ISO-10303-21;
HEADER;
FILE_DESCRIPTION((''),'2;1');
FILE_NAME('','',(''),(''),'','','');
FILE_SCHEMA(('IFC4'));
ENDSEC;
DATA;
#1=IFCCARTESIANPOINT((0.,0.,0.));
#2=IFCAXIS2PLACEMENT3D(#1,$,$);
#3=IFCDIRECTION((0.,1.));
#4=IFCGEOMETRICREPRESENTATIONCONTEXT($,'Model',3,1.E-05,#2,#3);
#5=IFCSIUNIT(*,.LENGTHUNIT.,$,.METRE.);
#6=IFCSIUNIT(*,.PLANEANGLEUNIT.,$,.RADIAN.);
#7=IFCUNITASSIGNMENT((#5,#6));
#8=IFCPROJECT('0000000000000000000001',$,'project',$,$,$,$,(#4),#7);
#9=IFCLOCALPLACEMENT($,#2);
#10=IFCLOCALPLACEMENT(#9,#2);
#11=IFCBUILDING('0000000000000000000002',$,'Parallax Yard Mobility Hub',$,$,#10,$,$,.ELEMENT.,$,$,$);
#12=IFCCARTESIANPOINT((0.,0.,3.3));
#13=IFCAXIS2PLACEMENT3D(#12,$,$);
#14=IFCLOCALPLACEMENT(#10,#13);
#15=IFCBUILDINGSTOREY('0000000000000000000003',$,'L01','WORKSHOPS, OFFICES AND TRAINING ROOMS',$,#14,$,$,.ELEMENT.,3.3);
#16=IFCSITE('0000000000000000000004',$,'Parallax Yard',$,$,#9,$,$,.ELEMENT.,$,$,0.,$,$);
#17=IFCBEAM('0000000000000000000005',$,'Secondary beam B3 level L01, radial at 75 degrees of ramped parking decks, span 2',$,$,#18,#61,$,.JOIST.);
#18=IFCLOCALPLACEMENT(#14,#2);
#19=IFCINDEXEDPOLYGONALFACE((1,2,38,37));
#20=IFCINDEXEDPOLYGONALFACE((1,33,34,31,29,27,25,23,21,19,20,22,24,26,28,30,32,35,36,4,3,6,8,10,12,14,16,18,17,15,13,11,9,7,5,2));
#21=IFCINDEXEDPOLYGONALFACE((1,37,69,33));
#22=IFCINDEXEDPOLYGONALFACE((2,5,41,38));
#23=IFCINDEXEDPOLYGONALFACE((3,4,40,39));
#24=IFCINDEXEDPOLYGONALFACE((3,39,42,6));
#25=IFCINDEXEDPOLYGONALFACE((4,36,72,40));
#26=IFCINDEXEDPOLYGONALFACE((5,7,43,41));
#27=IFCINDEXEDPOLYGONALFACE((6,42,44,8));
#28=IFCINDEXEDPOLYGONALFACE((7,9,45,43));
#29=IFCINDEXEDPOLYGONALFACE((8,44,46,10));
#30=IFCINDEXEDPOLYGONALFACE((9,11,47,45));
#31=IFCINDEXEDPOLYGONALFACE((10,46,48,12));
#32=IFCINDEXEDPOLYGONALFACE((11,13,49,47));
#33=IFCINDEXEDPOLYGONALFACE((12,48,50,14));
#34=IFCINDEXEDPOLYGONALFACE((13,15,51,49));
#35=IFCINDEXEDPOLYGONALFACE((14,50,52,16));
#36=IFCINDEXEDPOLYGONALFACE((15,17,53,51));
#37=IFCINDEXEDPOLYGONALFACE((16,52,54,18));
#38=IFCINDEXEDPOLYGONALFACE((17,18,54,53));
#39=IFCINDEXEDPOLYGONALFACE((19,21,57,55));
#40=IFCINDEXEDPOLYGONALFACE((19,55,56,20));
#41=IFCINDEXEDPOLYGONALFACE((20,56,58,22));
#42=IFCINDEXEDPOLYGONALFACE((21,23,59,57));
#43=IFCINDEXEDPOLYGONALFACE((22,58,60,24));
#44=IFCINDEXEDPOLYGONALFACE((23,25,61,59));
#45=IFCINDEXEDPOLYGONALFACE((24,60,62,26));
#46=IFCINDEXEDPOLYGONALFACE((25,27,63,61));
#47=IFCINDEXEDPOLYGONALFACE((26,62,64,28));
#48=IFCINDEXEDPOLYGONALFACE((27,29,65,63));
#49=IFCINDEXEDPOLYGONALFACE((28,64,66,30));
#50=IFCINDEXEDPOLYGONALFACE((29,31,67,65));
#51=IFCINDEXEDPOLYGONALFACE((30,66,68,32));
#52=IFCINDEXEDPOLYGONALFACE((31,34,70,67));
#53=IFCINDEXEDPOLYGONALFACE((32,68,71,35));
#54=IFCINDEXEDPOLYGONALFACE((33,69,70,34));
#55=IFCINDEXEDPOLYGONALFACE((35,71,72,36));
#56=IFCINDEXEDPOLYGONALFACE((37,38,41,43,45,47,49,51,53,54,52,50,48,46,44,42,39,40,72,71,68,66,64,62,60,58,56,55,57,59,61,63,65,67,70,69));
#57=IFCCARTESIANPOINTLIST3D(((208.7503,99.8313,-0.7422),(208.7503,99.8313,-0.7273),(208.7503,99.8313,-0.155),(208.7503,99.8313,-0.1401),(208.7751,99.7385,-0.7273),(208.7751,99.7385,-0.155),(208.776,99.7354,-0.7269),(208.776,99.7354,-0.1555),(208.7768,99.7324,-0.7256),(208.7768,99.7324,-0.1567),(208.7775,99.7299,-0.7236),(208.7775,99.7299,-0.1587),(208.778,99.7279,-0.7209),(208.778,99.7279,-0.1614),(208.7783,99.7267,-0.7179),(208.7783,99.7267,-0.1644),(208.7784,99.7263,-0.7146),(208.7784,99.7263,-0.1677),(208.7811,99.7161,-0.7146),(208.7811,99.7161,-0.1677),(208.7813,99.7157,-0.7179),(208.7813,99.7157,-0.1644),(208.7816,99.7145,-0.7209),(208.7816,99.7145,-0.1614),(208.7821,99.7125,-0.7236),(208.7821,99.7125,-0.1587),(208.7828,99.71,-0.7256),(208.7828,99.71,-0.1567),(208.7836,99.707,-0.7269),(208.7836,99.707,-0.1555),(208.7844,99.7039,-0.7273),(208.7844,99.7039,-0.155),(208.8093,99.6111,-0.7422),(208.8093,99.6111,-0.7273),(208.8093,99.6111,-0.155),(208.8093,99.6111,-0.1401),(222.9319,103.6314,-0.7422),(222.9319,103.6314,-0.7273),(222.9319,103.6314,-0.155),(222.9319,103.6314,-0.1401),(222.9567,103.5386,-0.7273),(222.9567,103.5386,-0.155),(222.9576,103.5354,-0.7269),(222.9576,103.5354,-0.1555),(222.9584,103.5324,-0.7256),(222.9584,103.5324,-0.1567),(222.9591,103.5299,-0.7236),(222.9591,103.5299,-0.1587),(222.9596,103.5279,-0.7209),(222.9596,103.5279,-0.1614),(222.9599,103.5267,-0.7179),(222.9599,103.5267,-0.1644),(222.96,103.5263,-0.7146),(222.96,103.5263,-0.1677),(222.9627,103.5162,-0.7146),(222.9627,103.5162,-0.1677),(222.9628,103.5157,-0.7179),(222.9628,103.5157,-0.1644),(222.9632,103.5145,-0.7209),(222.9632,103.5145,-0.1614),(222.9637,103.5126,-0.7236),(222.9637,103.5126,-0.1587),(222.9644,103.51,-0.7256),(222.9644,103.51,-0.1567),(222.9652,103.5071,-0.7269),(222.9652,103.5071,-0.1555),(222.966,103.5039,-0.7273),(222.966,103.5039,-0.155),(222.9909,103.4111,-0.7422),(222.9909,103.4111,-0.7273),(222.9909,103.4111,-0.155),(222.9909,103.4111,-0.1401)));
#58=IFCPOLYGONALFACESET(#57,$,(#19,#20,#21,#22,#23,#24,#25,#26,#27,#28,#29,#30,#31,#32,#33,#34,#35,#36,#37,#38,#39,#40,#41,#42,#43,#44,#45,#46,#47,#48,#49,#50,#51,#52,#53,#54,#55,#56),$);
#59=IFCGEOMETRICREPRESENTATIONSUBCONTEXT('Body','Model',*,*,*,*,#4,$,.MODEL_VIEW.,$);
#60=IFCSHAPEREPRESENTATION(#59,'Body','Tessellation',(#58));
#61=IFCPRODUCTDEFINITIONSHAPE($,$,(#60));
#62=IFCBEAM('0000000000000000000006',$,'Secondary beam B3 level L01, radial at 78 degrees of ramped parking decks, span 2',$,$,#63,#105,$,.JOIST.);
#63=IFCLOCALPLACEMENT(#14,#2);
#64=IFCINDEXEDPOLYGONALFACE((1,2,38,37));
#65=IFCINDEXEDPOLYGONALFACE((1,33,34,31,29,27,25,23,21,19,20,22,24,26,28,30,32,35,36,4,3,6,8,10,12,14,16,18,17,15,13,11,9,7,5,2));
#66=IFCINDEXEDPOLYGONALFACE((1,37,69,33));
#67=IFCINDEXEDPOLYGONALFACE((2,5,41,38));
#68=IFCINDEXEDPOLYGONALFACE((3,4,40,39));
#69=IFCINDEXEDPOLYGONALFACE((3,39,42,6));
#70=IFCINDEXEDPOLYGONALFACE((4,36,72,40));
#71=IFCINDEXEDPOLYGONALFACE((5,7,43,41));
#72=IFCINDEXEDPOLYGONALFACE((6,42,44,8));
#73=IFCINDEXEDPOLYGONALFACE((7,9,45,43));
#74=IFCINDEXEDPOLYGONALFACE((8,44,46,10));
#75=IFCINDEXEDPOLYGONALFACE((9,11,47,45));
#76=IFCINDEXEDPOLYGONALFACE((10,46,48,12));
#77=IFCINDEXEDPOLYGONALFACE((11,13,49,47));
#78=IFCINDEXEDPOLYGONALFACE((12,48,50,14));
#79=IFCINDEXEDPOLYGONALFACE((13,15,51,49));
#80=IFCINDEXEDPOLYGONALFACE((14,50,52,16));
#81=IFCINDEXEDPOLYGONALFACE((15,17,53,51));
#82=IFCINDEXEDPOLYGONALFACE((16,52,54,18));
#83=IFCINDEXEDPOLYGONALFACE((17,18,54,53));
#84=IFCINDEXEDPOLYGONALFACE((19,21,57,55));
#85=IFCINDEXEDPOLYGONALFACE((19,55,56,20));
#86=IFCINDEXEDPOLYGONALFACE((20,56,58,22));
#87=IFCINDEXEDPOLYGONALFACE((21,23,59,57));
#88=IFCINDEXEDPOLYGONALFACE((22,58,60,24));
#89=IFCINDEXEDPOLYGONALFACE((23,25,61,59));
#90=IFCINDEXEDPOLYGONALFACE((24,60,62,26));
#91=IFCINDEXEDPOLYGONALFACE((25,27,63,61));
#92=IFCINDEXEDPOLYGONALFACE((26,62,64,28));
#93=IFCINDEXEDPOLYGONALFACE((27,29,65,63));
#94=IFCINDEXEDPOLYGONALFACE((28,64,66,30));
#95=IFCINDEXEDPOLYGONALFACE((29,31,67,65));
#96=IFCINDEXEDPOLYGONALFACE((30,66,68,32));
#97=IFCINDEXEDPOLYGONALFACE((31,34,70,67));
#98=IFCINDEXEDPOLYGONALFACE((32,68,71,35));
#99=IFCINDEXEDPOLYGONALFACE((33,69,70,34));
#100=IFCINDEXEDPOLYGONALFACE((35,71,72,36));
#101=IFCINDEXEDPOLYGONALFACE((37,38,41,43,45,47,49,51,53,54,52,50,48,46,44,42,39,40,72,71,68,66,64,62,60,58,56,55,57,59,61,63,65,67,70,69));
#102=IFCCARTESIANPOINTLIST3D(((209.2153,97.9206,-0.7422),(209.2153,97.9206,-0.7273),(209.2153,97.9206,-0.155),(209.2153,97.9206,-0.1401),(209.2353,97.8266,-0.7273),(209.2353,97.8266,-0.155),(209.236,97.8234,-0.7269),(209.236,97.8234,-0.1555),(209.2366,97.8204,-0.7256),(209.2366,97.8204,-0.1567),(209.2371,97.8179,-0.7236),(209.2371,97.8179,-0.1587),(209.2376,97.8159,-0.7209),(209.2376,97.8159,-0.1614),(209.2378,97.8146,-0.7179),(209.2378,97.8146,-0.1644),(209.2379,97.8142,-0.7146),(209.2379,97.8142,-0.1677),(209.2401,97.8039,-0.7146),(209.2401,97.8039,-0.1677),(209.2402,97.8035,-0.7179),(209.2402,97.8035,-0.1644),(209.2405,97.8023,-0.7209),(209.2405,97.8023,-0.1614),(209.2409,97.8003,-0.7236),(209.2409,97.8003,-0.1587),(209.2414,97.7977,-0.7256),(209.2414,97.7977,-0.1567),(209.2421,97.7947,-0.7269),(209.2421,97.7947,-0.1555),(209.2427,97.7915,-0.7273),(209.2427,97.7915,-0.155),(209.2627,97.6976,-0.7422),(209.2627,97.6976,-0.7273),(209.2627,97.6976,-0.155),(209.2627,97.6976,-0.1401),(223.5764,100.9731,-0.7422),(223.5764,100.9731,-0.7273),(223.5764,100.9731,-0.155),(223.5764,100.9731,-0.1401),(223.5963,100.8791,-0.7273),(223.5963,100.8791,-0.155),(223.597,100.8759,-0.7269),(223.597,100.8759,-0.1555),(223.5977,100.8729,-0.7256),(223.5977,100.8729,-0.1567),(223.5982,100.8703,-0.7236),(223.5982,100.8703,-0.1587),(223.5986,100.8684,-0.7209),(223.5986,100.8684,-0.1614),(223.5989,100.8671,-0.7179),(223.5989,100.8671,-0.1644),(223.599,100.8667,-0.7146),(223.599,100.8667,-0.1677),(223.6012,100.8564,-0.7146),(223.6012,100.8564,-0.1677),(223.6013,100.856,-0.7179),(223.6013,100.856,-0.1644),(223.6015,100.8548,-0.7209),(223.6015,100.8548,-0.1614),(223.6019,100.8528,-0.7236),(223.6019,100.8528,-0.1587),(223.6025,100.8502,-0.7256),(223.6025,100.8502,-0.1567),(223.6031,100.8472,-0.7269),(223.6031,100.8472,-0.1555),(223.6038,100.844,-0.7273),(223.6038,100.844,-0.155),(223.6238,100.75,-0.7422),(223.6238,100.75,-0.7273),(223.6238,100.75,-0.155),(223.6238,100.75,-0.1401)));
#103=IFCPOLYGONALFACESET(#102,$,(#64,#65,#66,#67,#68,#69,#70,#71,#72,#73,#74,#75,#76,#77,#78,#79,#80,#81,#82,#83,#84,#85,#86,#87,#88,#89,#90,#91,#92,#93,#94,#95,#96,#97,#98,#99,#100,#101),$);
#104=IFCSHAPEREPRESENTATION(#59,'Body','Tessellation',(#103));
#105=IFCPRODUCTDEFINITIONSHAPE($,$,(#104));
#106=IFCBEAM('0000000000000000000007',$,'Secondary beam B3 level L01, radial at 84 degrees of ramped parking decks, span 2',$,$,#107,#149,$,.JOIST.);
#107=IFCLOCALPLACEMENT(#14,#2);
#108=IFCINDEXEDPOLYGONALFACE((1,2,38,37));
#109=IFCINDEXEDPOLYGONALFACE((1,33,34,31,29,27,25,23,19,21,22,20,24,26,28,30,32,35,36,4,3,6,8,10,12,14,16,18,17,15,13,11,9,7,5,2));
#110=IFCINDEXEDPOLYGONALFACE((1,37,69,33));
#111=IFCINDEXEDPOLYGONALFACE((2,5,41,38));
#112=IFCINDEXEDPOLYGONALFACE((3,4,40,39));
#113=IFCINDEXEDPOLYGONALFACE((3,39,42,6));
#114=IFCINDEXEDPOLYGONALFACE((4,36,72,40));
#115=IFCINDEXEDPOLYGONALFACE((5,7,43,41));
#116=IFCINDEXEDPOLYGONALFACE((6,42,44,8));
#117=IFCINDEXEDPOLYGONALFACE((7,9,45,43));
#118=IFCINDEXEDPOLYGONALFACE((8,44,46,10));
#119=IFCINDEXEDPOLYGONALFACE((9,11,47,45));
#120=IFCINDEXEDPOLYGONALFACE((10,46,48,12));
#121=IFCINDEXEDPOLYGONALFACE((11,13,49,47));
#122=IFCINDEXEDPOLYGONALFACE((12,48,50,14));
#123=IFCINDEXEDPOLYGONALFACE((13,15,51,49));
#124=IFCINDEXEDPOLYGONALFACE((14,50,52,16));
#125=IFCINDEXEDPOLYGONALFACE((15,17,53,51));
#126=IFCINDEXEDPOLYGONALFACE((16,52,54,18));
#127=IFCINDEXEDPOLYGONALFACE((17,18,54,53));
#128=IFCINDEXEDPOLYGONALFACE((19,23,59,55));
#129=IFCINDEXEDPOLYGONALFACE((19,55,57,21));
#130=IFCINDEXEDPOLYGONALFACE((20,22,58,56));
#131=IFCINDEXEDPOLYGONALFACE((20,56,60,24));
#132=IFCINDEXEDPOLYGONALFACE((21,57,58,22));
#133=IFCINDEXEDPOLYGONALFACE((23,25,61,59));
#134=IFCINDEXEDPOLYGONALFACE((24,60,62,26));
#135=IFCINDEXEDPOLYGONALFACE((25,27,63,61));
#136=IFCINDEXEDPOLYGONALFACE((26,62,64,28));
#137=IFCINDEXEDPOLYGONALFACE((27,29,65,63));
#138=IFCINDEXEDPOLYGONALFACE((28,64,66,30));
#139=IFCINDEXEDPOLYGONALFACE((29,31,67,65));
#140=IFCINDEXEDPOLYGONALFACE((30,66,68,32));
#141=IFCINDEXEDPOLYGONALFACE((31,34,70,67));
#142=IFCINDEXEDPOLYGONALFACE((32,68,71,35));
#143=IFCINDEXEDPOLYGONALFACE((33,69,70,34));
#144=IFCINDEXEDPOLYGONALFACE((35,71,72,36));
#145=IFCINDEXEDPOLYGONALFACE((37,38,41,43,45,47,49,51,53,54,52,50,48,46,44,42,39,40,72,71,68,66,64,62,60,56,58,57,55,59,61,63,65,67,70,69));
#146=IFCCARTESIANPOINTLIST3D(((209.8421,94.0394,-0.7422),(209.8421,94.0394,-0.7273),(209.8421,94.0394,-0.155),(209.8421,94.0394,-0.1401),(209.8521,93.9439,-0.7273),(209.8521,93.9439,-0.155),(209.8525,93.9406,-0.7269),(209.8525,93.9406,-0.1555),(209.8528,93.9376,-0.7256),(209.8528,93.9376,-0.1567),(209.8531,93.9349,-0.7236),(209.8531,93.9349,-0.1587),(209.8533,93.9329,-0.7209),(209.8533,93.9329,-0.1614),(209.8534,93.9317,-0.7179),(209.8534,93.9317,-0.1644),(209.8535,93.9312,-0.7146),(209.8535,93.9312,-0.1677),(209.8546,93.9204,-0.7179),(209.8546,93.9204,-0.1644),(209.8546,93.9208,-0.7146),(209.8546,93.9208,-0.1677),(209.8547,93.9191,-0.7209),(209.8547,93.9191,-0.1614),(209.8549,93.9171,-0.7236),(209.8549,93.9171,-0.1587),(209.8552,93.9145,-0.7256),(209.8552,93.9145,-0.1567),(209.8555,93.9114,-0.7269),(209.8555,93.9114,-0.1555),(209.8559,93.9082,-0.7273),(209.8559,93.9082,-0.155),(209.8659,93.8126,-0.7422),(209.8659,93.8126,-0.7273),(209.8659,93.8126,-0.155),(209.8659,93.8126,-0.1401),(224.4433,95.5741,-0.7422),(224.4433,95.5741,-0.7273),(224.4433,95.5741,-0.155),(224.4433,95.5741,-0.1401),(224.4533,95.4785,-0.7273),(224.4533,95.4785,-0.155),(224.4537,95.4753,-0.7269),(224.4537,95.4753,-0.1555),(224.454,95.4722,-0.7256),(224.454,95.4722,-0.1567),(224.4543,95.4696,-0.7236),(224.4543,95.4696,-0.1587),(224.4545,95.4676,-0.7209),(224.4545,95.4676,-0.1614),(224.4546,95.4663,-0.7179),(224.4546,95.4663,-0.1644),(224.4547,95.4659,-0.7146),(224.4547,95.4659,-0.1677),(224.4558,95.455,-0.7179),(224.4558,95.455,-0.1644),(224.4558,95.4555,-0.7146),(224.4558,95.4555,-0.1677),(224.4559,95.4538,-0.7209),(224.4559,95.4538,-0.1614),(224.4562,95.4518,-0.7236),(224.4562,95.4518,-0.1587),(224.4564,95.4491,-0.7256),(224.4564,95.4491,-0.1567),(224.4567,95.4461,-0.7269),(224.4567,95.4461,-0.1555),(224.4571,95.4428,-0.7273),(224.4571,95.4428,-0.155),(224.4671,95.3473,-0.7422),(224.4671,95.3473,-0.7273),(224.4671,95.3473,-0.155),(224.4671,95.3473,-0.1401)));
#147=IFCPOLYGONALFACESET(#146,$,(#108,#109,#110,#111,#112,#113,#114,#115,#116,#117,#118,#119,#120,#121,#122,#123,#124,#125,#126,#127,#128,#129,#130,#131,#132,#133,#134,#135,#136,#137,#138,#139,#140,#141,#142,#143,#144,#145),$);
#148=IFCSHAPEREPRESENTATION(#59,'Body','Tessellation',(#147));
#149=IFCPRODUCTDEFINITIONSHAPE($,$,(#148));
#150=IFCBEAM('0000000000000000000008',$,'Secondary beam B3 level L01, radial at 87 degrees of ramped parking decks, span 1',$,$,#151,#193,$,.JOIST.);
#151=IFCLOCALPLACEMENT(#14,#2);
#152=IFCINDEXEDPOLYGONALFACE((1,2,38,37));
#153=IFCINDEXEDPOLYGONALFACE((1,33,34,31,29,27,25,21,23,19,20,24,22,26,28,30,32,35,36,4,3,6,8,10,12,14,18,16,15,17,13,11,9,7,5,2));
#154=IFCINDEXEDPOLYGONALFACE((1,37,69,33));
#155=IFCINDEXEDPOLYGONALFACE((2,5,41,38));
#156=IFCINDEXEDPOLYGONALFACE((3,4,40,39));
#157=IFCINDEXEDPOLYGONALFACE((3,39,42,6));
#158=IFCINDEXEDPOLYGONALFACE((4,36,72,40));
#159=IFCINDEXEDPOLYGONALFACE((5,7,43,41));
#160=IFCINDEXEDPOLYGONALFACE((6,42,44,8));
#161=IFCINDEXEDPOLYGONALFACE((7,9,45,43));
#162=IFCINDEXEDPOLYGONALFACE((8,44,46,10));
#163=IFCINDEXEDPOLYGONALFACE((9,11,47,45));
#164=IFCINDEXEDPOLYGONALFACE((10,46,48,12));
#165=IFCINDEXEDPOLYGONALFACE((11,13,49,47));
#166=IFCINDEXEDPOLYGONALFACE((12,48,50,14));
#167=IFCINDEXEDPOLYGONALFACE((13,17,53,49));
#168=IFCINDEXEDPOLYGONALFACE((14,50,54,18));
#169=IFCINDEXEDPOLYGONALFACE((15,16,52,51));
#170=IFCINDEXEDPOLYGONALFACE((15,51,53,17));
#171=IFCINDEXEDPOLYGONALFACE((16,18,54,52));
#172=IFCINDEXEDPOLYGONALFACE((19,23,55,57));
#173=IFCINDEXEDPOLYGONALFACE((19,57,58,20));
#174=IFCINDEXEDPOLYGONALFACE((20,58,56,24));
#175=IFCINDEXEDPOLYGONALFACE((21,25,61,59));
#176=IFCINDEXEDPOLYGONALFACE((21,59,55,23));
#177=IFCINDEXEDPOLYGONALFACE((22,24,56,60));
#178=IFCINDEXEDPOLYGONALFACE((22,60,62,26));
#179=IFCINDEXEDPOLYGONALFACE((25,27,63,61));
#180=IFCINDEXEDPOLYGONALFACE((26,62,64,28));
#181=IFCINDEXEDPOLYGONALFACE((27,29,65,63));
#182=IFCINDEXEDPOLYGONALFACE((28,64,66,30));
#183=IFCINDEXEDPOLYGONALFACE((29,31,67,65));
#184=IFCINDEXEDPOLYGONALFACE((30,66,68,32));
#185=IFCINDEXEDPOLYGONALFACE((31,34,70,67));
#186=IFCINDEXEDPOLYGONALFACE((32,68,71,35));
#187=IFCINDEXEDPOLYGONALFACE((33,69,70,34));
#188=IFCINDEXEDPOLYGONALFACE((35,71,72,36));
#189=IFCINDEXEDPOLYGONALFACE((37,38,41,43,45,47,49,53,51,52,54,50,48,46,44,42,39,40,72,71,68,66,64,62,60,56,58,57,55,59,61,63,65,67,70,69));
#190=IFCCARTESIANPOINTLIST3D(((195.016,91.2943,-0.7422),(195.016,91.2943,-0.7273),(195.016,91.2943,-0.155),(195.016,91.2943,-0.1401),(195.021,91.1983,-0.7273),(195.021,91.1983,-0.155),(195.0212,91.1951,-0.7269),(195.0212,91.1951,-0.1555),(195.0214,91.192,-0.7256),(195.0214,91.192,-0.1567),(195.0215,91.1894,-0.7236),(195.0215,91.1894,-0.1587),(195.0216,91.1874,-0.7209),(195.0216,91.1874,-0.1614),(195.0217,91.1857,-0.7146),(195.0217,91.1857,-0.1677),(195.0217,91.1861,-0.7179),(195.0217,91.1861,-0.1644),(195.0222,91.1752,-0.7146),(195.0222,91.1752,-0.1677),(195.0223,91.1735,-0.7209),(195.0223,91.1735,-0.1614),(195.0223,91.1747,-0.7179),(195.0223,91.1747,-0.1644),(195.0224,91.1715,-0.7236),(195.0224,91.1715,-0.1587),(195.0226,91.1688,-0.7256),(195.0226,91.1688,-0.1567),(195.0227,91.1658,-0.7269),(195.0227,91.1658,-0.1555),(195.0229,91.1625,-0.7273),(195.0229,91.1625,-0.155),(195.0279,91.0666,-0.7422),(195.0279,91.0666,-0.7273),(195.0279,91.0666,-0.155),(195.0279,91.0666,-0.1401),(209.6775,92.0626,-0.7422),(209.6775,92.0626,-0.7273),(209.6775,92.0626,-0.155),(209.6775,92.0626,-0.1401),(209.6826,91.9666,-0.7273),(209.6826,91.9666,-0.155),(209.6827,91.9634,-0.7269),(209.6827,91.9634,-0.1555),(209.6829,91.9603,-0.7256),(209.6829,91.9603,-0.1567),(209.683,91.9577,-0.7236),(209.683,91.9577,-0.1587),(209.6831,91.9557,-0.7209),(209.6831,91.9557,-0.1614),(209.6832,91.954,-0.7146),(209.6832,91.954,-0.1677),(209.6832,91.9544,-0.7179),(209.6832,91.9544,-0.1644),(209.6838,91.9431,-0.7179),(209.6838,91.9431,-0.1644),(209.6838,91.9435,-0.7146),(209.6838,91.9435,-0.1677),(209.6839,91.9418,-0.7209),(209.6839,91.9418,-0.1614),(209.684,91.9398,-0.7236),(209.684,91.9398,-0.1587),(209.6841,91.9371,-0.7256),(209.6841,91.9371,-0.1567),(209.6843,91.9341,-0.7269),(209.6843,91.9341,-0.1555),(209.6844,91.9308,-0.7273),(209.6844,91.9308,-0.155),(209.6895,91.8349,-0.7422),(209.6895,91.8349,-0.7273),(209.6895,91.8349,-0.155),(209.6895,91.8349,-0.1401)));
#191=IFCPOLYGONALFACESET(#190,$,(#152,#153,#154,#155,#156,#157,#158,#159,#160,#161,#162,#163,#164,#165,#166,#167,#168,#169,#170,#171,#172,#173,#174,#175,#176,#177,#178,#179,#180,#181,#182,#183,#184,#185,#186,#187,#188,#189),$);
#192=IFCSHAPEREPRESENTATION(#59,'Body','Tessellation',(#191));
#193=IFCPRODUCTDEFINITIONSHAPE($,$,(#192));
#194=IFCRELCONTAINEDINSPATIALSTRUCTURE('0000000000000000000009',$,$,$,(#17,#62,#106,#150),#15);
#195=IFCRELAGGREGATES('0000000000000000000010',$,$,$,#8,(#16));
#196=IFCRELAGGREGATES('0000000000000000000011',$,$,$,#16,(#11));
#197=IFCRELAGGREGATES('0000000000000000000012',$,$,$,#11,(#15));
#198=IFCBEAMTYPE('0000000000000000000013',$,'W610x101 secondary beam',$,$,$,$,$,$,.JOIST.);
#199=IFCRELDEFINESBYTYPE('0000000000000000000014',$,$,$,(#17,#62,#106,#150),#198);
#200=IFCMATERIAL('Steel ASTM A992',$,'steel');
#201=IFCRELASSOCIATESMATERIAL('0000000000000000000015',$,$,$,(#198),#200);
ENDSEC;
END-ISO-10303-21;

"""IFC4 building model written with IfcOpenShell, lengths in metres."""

from ifc_helpers import new_model, si_unit, direction, frame, origin, origin_2d, place, context, subcontext, project, spatial, i_section, extrude, material, material_profile, profile_set, type_object, element, save


model = new_model("IFC4")

# Units and contexts
model_context = context("Model", 3, precision=1e-05, world=origin(), true_north=direction((0.0, 1.0)))
body_context = subcontext(model_context, "Body", "Model", "MODEL_VIEW")
ifc_project = project(units=[si_unit("LENGTHUNIT", "METRE"), si_unit("PLANEANGLEUNIT", "RADIAN")], contexts=[model_context])

# Site, building, storey
site_placement = place(None, origin())
site = spatial("IfcSite", under=ifc_project, at=site_placement, Name="Parallax Yard", CompositionType="ELEMENT", RefElevation=0.0)
building_placement = place(site_placement, origin())
building = spatial("IfcBuilding", under=site, at=building_placement, Name="Parallax Yard Mobility Hub", CompositionType="ELEMENT")
storey_placement = place(building_placement, frame((0.0, 0.0, 3.3)))
storey = spatial("IfcBuildingStorey", under=building, at=storey_placement, Name="L01", Description="WORKSHOPS, OFFICES AND TRAINING ROOMS", CompositionType="ELEMENT", Elevation=3.3)

# Shared definitions
ifc_material_1 = material(Name="Steel ASTM A992", Category="steel")

# Beams
ifc_material_profile_1 = material_profile(ifc_material_1, i_section(OverallWidth=0.228, OverallDepth=0.6021, WebThickness=0.0105, FlangeThickness=0.0149, FilletRadius=0.0127, at=origin_2d()), Name="W610x101")
ifc_profile_set_1 = profile_set([ifc_material_profile_1], Name="Steel ASTM A992")
beam_type_1 = type_object("IfcBeamType", Name="W610x101 secondary beam", PredefinedType="JOIST", material=ifc_profile_set_1)
for number, where, z_axis, x_axis, name in (
    (1, (208.7798, 99.7212, -0.4412), (0.965924, 0.258825, 0.0), (-0.258825, 0.965924, 0.0), "Secondary beam B3 level L01, radial at 75 degrees of ramped parking decks, span 2"),
    (2, (209.239, 97.8091, -0.4412), (0.978148, 0.207908, 0.0), (-0.207908, 0.978148, 0.0), "Secondary beam B3 level L01, radial at 78 degrees of ramped parking decks, span 2"),
):
    element("IfcBeam", number, at=place(storey_placement, frame(where, z_axis=z_axis, x_axis=x_axis)), inside=storey, type_object=beam_type_1, Name=name, PredefinedType="JOIST", context=body_context, shape_type="SweptSolid", body=[
        extrude(i_section(OverallWidth=0.228, OverallDepth=0.6021, WebThickness=0.0105, FlangeThickness=0.0149, FilletRadius=0.0127, at=origin_2d()), origin(), (0.0, 0.0, 1.0), 14.6819),
    ])
for number, where, z_axis, x_axis, name in (
    (3, (209.854, 93.926, -0.4412), (0.994522, 0.104529, 0.0), (-0.104529, 0.994522, 0.0), "Secondary beam B3 level L01, radial at 84 degrees of ramped parking decks, span 2"),
    (4, (195.022, 91.1804, -0.4412), (0.99863, 0.052331, 0.0), (-0.052331, 0.99863, 0.0), "Secondary beam B3 level L01, radial at 87 degrees of ramped parking decks, span 1"),
):
    element("IfcBeam", number, at=place(storey_placement, frame(where, z_axis=z_axis, x_axis=x_axis)), inside=storey, type_object=beam_type_1, Name=name, PredefinedType="JOIST", context=body_context, shape_type="SweptSolid", body=[
        extrude(i_section(OverallWidth=0.228, OverallDepth=0.6021, WebThickness=0.0105, FlangeThickness=0.0149, FilletRadius=0.0127, at=origin_2d()), origin(), (0.0, 0.0, 1.0), 14.6816),
    ])

save(model, "model.ifc")
